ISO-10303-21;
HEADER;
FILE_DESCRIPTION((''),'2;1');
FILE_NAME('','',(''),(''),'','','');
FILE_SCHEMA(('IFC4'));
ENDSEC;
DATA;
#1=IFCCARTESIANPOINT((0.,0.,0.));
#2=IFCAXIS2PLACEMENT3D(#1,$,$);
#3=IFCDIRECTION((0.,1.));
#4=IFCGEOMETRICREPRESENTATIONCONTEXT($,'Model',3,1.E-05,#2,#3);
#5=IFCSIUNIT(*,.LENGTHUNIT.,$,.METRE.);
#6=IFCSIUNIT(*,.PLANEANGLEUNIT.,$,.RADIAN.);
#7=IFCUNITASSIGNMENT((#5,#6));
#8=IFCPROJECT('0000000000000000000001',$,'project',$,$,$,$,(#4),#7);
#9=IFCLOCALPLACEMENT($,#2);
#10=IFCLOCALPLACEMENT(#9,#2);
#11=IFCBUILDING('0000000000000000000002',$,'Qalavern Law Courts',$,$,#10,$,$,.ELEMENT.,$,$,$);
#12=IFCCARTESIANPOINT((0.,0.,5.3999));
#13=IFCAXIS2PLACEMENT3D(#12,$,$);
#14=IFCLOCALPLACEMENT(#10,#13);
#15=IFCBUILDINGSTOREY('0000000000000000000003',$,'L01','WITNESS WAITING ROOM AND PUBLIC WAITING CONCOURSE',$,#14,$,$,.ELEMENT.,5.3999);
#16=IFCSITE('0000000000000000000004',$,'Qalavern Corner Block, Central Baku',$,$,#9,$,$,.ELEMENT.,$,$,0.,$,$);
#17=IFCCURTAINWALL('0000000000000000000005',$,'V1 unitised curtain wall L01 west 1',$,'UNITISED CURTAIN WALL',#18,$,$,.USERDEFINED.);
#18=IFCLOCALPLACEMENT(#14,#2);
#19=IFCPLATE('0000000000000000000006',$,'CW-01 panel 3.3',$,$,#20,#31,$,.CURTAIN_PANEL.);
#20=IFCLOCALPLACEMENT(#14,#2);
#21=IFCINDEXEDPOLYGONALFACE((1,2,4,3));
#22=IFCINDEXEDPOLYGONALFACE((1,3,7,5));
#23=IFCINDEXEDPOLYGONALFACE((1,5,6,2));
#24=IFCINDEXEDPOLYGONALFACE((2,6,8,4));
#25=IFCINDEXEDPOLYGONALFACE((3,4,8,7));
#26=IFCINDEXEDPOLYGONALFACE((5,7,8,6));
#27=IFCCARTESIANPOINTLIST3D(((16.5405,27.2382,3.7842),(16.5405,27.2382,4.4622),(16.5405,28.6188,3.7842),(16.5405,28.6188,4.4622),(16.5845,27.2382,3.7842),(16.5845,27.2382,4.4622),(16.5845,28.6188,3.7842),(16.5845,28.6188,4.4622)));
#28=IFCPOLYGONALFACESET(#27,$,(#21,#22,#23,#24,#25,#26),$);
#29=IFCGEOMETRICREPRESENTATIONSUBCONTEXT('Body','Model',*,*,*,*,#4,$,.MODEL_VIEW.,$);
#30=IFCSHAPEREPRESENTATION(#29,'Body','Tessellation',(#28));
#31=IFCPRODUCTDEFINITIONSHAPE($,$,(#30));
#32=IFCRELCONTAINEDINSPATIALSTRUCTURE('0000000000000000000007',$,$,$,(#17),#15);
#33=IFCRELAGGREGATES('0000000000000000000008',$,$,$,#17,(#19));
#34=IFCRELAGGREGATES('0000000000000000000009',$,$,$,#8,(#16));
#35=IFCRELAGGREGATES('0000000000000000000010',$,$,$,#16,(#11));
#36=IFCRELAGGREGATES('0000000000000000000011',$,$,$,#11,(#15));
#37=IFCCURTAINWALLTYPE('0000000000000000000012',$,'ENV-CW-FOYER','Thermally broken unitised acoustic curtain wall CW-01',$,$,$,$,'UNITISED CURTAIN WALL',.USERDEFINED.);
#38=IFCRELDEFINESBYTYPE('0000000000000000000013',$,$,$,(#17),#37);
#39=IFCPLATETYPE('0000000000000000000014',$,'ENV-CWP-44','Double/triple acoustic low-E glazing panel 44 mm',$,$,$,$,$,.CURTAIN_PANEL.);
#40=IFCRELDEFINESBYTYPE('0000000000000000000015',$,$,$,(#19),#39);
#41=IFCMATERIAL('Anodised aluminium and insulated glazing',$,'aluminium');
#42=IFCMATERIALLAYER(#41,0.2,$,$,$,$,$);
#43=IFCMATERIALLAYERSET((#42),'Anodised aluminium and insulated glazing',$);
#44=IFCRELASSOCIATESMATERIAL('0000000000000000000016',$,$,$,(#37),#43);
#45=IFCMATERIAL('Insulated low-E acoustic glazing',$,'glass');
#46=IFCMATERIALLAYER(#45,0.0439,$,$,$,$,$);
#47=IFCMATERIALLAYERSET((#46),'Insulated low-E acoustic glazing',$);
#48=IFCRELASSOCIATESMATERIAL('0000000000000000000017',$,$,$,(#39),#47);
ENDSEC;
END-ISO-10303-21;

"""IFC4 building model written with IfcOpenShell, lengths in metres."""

from ifc_helpers import new_model, si_unit, direction, frame, origin, origin_2d, place, context, subcontext, project, spatial, rectangle, extrude, material, layer, layer_set, type_object, element, aggregate, save


model = new_model("IFC4")

# Units and contexts
model_context = context("Model", 3, precision=1e-05, world=origin(), true_north=direction((0.0, 1.0)))
body_context = subcontext(model_context, "Body", "Model", "MODEL_VIEW")
ifc_project = project(units=[si_unit("LENGTHUNIT", "METRE"), si_unit("PLANEANGLEUNIT", "RADIAN")], contexts=[model_context])

# Site, building, storey
site_placement = place(None, origin())
site = spatial("IfcSite", under=ifc_project, at=site_placement, Name="Qalavern Corner Block, Central Baku", CompositionType="ELEMENT", RefElevation=0.0)
building_placement = place(site_placement, origin())
building = spatial("IfcBuilding", under=site, at=building_placement, Name="Qalavern Law Courts", CompositionType="ELEMENT")
storey_placement = place(building_placement, frame((0.0, 0.0, 5.3999)))
storey = spatial("IfcBuildingStorey", under=building, at=storey_placement, Name="L01", Description="WITNESS WAITING ROOM AND PUBLIC WAITING CONCOURSE", CompositionType="ELEMENT", Elevation=5.3999)

# Curtain wall
ifc_material_1 = material(Name="Anodised aluminium and insulated glazing", Category="aluminium")
ifc_layer_1 = layer(ifc_material_1, 0.2)
ifc_layer_set_1 = layer_set([ifc_layer_1], Name="Anodised aluminium and insulated glazing")
curtain_wall_type = type_object("IfcCurtainWallType", Name="ENV-CW-FOYER", Description="Thermally broken unitised acoustic curtain wall CW-01", ElementType="UNITISED CURTAIN WALL", PredefinedType="USERDEFINED", material=ifc_layer_set_1)
curtain_wall_placement = place(storey_placement, origin())
curtain_wall = element("IfcCurtainWall", 1, at=curtain_wall_placement, inside=storey, type_object=curtain_wall_type, Name="V1 unitised curtain wall L01 west 1", ObjectType="UNITISED CURTAIN WALL", PredefinedType="USERDEFINED")

# Plate
ifc_material_2 = material(Name="Insulated low-E acoustic glazing", Category="glass")
ifc_layer_2 = layer(ifc_material_2, 0.0439)
ifc_layer_set_2 = layer_set([ifc_layer_2], Name="Insulated low-E acoustic glazing")
plate_type = type_object("IfcPlateType", Name="ENV-CWP-44", Description="Double/triple acoustic low-E glazing panel 44 mm", PredefinedType="CURTAIN_PANEL", material=ifc_layer_set_2)
plate_1_placement = place(storey_placement, frame((16.5625, 27.9285, 3.7842), z_axis=(0.0, 0.0, 1.0), x_axis=(0.0, -1.0, 0.0)))
plate_1 = element("IfcPlate", 2, at=plate_1_placement, type_object=plate_type, Name="CW-01 panel 3.3", PredefinedType="CURTAIN_PANEL", context=body_context, shape_type="SweptSolid", body=[
    extrude(rectangle(XDim=1.3806, YDim=0.0439, at=origin_2d()), origin(), (0.0, 0.0, 1.0), 0.678),
])
aggregate(curtain_wall, [plate_1])

save(model, "model.ifc")
